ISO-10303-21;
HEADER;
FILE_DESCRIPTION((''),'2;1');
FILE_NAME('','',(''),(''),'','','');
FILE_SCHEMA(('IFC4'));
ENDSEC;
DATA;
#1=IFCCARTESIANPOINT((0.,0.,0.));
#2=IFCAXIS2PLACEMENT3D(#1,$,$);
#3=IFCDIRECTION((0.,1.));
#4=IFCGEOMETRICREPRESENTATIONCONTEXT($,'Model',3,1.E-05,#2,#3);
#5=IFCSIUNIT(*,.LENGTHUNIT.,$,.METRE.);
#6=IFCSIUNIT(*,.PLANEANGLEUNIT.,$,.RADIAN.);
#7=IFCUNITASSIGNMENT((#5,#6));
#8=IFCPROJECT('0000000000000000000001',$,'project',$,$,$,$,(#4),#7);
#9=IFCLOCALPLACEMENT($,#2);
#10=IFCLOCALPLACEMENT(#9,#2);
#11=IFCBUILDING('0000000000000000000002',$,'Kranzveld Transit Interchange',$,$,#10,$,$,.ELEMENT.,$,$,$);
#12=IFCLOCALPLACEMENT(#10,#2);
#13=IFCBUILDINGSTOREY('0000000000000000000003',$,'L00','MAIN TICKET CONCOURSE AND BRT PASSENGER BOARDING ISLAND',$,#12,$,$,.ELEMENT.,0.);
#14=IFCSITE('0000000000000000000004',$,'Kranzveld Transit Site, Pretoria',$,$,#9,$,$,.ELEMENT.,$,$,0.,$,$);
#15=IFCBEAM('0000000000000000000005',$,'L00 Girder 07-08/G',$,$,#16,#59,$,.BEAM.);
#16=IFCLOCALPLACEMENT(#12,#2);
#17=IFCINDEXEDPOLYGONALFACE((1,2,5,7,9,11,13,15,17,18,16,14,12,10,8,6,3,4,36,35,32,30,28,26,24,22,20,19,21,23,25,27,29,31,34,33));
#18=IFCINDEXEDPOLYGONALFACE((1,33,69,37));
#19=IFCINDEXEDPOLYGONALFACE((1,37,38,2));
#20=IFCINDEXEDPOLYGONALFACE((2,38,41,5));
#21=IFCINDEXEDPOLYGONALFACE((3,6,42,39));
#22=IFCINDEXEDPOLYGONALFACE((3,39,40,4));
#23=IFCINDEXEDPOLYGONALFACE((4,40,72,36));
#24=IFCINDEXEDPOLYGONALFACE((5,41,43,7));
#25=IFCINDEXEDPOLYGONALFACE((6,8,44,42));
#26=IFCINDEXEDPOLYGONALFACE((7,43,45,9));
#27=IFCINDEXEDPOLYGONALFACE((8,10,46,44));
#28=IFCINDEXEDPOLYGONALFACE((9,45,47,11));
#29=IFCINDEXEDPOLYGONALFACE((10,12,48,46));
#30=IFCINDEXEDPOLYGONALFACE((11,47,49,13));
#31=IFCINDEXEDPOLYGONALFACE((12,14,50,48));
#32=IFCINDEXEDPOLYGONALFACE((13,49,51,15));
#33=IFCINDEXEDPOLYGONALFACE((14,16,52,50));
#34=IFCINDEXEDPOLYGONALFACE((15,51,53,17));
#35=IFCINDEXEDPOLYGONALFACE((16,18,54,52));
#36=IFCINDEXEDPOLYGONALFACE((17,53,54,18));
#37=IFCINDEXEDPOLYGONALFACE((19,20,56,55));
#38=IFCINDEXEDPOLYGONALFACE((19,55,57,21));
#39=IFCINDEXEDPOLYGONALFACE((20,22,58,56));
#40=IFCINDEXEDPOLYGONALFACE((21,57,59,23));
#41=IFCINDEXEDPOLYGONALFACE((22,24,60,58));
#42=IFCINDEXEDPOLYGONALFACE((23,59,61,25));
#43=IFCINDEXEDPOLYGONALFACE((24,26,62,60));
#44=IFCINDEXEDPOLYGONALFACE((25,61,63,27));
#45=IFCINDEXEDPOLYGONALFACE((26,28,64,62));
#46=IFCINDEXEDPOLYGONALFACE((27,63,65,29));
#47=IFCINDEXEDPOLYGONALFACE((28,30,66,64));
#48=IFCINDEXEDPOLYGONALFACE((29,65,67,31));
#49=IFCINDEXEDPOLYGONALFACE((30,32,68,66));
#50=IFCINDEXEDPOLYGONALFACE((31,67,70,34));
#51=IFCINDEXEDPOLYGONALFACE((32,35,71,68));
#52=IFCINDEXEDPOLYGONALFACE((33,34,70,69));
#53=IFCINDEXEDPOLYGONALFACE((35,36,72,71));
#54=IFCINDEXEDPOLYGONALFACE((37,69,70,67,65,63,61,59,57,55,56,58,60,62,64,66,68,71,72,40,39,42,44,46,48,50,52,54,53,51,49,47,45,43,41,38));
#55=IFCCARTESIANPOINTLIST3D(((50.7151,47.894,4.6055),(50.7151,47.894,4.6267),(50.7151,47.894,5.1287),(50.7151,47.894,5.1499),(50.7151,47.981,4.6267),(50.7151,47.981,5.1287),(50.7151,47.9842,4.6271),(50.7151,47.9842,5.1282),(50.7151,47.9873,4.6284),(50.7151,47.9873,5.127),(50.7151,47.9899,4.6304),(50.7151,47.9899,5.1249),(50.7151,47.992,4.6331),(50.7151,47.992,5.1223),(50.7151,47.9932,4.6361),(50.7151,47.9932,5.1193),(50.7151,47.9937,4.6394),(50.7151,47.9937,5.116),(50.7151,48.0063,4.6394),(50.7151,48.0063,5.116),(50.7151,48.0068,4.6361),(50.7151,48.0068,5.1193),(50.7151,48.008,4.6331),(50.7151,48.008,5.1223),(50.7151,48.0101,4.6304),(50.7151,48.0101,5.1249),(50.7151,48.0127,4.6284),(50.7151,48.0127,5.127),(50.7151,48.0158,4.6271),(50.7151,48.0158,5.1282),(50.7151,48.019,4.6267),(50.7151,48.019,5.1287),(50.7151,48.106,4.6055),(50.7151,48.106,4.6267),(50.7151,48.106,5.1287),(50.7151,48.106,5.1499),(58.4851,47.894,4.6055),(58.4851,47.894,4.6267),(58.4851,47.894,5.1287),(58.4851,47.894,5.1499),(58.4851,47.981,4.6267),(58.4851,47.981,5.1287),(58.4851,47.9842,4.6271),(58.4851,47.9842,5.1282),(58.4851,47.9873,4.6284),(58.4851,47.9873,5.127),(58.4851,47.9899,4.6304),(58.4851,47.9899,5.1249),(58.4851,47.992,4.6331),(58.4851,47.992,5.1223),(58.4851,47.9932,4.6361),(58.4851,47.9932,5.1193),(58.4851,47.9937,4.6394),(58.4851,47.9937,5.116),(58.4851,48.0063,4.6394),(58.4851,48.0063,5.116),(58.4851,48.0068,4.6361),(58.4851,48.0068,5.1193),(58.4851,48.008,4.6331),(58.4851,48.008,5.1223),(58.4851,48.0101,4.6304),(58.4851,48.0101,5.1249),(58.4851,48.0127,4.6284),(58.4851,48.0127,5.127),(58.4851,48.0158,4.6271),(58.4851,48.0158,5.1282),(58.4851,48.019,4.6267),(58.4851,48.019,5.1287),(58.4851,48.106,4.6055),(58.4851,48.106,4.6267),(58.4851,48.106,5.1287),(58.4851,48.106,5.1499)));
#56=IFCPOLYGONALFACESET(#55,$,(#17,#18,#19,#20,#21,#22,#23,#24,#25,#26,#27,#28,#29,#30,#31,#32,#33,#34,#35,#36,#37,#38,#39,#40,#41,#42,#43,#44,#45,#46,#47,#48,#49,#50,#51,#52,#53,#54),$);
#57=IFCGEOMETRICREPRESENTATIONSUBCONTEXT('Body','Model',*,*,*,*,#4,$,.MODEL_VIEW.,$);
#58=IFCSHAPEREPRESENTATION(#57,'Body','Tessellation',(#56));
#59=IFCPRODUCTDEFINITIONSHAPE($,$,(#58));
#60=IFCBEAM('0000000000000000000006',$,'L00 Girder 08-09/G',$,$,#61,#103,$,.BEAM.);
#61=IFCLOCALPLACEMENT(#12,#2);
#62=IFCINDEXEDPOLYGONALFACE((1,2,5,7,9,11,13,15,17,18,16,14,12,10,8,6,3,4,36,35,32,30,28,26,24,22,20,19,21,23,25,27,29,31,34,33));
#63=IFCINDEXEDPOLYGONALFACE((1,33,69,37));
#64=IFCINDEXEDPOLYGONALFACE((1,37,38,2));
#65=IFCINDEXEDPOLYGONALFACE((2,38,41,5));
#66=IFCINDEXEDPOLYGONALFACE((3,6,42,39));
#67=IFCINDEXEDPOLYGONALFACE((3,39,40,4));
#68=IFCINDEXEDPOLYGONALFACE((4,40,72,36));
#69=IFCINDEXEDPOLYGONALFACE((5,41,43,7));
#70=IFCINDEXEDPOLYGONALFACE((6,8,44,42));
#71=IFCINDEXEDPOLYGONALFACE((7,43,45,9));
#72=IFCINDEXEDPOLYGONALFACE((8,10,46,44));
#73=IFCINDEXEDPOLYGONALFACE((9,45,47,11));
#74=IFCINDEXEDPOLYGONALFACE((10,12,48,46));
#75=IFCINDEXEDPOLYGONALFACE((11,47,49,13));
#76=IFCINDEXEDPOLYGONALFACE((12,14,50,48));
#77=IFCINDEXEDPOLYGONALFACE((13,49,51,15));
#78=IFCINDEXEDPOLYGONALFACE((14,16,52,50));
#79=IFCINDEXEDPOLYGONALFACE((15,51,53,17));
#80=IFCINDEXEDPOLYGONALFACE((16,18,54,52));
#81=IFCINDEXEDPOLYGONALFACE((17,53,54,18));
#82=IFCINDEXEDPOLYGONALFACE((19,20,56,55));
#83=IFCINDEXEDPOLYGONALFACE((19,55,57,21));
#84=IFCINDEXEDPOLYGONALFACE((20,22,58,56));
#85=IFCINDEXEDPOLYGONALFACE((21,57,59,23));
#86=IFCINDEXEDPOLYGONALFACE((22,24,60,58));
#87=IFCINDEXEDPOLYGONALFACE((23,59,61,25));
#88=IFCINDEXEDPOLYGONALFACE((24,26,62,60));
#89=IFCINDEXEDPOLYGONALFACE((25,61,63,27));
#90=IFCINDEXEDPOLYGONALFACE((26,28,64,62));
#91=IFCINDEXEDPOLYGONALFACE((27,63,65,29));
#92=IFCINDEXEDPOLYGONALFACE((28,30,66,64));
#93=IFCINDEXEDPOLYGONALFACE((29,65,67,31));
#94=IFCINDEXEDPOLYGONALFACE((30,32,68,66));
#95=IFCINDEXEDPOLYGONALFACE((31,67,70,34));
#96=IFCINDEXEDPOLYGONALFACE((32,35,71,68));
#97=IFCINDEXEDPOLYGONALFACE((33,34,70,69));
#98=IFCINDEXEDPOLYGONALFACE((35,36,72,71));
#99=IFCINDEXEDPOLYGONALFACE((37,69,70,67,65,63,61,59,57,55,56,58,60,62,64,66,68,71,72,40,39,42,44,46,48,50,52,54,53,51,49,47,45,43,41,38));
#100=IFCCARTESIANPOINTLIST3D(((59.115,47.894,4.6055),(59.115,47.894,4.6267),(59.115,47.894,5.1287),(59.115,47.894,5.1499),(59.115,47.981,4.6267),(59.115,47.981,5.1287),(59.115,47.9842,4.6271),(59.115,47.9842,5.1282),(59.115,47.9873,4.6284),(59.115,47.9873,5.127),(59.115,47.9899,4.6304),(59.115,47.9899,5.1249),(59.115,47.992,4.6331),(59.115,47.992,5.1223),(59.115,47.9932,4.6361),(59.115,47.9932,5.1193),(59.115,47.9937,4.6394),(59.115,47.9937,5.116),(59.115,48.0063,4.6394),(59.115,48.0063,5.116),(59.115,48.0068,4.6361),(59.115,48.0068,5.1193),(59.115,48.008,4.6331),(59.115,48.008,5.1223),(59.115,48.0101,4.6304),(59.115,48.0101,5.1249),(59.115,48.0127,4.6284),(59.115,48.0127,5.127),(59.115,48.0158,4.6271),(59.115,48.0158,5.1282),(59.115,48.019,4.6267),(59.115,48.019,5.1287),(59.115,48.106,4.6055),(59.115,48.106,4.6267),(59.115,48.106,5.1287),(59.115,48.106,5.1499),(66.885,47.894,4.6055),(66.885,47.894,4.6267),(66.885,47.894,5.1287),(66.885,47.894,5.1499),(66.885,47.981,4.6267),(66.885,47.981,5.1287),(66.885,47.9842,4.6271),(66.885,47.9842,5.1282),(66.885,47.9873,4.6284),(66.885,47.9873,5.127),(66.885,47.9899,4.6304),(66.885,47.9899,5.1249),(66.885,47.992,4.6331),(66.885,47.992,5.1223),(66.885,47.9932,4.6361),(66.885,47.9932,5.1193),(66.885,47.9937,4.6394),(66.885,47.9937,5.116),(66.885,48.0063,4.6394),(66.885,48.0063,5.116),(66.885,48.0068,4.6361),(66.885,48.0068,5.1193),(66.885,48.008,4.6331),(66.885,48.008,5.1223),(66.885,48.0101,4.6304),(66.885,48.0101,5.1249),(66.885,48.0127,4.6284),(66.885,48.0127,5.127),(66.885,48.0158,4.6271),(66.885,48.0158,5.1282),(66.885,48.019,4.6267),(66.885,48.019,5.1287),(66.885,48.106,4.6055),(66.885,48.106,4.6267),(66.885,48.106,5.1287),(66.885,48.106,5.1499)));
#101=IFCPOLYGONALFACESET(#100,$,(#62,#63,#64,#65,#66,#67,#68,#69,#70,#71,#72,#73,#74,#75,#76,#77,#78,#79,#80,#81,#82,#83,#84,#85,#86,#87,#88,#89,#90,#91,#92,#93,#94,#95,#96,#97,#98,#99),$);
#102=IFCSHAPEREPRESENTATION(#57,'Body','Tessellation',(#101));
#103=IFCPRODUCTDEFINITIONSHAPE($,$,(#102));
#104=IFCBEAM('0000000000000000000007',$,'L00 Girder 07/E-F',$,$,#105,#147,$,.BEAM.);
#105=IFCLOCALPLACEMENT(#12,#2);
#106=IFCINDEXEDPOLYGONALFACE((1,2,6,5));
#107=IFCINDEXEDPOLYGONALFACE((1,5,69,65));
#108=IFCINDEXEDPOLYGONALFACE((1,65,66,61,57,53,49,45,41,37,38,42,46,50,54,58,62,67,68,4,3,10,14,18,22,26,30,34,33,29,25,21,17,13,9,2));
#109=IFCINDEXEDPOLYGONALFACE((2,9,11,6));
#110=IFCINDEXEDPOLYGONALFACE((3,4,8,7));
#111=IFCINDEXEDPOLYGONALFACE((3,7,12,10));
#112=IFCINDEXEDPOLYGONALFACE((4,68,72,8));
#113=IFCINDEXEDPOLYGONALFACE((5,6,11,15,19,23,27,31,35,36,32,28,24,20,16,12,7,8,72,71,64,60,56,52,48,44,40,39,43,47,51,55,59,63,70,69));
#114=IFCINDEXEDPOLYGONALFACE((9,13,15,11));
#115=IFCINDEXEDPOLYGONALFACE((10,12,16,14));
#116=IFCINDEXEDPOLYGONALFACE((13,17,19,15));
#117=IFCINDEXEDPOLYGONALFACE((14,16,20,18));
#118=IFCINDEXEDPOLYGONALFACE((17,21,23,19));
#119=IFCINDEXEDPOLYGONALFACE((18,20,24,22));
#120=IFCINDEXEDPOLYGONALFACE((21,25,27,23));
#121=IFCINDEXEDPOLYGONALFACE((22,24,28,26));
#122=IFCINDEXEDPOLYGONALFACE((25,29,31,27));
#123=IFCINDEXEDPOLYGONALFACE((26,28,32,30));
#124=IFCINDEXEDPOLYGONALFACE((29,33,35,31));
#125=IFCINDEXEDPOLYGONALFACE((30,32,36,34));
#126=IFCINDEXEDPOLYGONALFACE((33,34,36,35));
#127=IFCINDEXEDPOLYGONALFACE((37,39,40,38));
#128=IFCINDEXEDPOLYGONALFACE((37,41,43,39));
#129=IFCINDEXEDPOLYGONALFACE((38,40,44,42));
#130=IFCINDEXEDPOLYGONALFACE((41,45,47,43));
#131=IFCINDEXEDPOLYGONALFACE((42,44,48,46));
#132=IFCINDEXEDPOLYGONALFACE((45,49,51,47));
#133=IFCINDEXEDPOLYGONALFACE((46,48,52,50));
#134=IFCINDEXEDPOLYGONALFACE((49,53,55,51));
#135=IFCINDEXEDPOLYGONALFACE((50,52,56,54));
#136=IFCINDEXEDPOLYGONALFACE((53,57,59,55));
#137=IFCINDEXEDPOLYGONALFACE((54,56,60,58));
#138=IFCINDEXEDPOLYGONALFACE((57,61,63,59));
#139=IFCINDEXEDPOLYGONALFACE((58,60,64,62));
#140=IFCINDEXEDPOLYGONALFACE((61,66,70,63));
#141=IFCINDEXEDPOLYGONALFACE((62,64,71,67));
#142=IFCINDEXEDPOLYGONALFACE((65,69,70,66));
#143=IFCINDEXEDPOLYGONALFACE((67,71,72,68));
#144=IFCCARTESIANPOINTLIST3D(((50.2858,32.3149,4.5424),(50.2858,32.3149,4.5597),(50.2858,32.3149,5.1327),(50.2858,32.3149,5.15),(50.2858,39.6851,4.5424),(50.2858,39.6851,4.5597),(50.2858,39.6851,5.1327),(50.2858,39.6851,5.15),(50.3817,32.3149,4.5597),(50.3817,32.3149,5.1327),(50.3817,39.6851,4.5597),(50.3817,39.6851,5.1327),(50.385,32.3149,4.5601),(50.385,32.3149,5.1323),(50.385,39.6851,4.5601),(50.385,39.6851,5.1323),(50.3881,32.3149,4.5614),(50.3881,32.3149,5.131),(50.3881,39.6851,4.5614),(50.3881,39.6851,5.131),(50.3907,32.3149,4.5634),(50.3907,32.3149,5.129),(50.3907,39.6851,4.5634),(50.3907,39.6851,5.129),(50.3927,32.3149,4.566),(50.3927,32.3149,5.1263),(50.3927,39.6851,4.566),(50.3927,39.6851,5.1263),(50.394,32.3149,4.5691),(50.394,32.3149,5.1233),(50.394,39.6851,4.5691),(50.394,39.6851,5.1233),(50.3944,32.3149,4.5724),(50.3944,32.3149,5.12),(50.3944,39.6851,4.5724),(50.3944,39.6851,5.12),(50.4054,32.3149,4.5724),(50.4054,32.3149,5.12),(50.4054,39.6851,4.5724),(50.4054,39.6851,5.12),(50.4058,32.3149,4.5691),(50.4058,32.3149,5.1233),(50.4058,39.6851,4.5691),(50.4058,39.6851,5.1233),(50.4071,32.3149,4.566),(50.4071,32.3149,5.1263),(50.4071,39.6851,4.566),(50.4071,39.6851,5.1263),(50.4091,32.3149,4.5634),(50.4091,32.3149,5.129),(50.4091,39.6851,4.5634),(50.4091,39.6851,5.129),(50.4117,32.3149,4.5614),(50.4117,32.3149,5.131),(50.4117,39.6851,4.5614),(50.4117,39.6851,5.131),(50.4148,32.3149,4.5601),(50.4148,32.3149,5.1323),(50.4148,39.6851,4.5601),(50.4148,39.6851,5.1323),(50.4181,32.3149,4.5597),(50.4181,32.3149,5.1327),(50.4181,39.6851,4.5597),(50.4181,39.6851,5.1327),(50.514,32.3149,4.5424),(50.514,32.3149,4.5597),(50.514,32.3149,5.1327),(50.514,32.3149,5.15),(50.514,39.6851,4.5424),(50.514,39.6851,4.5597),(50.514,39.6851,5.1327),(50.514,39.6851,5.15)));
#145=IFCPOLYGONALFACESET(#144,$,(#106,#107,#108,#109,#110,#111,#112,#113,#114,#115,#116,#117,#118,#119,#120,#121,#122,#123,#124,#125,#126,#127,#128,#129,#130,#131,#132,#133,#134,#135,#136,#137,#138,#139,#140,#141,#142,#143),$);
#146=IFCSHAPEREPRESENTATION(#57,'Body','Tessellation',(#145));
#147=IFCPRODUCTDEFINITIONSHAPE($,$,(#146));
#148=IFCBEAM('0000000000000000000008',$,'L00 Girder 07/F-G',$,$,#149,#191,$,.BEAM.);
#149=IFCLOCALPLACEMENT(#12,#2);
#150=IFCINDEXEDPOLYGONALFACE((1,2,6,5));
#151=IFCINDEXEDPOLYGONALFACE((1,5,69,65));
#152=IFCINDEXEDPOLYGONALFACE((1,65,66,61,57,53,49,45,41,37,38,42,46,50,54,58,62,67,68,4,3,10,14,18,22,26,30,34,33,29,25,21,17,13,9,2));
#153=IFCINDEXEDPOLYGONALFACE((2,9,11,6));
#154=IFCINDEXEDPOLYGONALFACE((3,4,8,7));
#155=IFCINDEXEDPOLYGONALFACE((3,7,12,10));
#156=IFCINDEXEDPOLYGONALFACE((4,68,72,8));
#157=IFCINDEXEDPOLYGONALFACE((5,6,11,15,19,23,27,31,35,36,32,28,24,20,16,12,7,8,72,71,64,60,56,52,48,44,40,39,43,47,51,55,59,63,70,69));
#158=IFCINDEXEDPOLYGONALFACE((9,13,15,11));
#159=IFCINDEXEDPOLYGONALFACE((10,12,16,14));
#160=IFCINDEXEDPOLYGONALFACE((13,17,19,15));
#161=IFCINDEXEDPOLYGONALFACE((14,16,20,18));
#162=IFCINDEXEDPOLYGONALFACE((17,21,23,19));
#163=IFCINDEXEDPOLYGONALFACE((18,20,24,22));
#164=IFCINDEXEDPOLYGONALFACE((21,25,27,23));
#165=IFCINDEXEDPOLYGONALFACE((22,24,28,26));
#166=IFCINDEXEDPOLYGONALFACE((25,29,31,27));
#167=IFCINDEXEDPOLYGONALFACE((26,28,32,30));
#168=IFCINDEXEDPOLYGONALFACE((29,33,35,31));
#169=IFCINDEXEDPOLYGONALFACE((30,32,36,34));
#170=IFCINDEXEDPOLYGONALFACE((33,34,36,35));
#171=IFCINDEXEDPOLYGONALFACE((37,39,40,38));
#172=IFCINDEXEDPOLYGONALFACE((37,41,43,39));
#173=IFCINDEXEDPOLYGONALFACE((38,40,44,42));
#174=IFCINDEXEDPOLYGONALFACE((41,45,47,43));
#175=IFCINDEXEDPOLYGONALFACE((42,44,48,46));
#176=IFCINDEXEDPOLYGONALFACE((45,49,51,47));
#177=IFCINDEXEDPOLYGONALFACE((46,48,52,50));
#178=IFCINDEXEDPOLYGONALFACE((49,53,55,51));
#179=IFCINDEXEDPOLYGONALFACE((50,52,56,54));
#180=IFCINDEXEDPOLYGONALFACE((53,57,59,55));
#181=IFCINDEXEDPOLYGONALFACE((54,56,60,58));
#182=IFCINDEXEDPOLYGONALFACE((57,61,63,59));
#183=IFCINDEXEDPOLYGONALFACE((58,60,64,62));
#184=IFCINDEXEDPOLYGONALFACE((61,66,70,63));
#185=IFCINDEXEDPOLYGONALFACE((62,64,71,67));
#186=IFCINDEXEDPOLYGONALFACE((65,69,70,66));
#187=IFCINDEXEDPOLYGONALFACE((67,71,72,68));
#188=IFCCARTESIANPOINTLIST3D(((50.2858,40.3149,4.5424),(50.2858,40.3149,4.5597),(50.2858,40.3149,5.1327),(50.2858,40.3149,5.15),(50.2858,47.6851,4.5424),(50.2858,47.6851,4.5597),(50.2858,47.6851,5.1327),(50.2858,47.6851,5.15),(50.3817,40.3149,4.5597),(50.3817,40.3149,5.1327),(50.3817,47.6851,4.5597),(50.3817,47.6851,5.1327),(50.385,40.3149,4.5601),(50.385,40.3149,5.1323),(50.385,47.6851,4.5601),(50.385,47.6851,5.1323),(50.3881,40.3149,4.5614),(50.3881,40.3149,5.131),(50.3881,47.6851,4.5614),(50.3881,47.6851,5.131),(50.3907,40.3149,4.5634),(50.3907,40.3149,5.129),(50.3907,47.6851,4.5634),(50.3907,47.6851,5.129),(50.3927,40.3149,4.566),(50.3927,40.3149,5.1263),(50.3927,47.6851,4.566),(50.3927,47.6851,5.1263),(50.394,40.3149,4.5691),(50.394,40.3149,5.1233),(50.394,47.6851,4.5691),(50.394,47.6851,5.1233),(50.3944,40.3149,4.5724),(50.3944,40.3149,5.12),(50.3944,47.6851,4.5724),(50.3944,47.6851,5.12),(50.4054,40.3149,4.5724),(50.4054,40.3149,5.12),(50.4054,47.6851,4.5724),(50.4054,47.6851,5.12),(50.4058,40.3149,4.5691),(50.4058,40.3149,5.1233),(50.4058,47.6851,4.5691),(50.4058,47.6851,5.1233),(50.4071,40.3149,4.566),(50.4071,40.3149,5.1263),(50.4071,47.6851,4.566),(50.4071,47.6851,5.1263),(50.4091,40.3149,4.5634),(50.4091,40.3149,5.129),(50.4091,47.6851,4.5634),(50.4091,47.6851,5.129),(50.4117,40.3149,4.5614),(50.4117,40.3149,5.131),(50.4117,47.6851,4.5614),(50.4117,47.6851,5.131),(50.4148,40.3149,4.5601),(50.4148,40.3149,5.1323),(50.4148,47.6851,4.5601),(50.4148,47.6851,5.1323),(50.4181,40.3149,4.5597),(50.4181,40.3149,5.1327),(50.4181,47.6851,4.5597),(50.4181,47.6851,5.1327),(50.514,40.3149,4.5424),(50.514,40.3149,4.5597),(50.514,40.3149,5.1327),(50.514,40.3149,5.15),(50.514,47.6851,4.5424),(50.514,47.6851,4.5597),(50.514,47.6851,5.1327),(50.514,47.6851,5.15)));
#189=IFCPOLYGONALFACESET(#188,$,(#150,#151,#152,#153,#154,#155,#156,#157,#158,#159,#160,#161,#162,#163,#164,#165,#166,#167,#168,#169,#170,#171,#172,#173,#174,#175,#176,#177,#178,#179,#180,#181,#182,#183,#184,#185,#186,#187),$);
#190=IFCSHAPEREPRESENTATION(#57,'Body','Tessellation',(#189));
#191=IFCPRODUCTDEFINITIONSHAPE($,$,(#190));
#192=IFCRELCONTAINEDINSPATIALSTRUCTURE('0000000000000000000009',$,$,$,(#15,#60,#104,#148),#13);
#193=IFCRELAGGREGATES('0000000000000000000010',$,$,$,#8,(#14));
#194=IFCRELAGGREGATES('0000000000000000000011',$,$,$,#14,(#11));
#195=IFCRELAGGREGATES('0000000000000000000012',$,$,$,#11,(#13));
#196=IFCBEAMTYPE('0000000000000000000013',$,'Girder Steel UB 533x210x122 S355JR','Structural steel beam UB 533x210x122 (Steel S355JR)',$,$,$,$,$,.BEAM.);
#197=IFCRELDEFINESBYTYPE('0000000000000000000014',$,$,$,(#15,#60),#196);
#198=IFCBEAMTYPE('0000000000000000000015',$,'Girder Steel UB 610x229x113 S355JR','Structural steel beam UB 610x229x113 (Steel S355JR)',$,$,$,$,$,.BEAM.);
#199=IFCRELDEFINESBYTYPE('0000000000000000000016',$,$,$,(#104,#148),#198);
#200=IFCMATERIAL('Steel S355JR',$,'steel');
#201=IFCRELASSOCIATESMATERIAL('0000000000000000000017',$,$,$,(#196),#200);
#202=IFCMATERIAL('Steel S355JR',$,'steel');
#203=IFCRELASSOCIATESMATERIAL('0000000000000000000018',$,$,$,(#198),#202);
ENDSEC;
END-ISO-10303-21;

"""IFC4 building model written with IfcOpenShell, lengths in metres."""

from ifc_helpers import new_model, si_unit, direction, frame, origin, origin_2d, place, context, subcontext, project, spatial, i_section, extrude, material, material_profile, profile_set, type_object, element, save


model = new_model("IFC4")

# Units and contexts
model_context = context("Model", 3, precision=1e-05, world=origin(), true_north=direction((0.0, 1.0)))
body_context = subcontext(model_context, "Body", "Model", "MODEL_VIEW")
ifc_project = project(units=[si_unit("LENGTHUNIT", "METRE"), si_unit("PLANEANGLEUNIT", "RADIAN")], contexts=[model_context])

# Site, building, storey
site_placement = place(None, origin())
site = spatial("IfcSite", under=ifc_project, at=site_placement, Name="Kranzveld Transit Site, Pretoria", CompositionType="ELEMENT", RefElevation=0.0)
building_placement = place(site_placement, origin())
building = spatial("IfcBuilding", under=site, at=building_placement, Name="Kranzveld Transit Interchange", CompositionType="ELEMENT")
storey_placement = place(building_placement, origin())
storey = spatial("IfcBuildingStorey", under=building, at=storey_placement, Name="L00", Description="MAIN TICKET CONCOURSE AND BRT PASSENGER BOARDING ISLAND", CompositionType="ELEMENT", Elevation=0.0)

# Beams
ifc_material_1 = material(Name="Steel S355JR", Category="steel")
ifc_material_profile_1 = material_profile(ifc_material_1, i_section(OverallWidth=0.2119, OverallDepth=0.5444, WebThickness=0.0127, FlangeThickness=0.0212, FilletRadius=0.0127, at=origin_2d()), Name="UB 533x210x122")
ifc_profile_set_1 = profile_set([ifc_material_profile_1], Name="Steel S355JR")
beam_type_1 = type_object("IfcBeamType", Name="Girder Steel UB 533x210x122 S355JR", Description="Structural steel beam UB 533x210x122 (Steel S355JR)", PredefinedType="BEAM", material=ifc_profile_set_1)
for number, where, z_axis, x_axis, name in (
    (1, (50.7151, 48.0, 4.8777), (1.0, 0.0, 0.0), (0.0, 1.0, 0.0), "L00 Girder 07-08/G"),
    (2, (59.115, 48.0, 4.8777), (1.0, 0.0, 0.0), (0.0, 1.0, 0.0), "L00 Girder 08-09/G"),
):
    element("IfcBeam", number, at=place(storey_placement, frame(where, z_axis=z_axis, x_axis=x_axis)), inside=storey, type_object=beam_type_1, Name=name, PredefinedType="BEAM", context=body_context, shape_type="SweptSolid", body=[
        extrude(i_section(OverallWidth=0.2119, OverallDepth=0.5444, WebThickness=0.0127, FlangeThickness=0.0212, FilletRadius=0.0127, at=origin_2d()), origin(), (0.0, 0.0, 1.0), 7.77),
    ])
ifc_material_2 = material(Name="Steel S355JR", Category="steel")
ifc_material_profile_2 = material_profile(ifc_material_2, i_section(OverallWidth=0.2283, OverallDepth=0.6077, WebThickness=0.011, FlangeThickness=0.0173, FilletRadius=0.0127, at=origin_2d()), Name="UB 610x229x113")
ifc_profile_set_2 = profile_set([ifc_material_profile_2], Name="Steel S355JR")
beam_type_2 = type_object("IfcBeamType", Name="Girder Steel UB 610x229x113 S355JR", Description="Structural steel beam UB 610x229x113 (Steel S355JR)", PredefinedType="BEAM", material=ifc_profile_set_2)
for number, where, z_axis, x_axis, name in (
    (3, (50.3999, 32.3149, 4.8462), (0.0, 1.0, 0.0), (-1.0, 0.0, 0.0), "L00 Girder 07/E-F"),
    (4, (50.3999, 40.3149, 4.8462), (0.0, 1.0, 0.0), (-1.0, 0.0, 0.0), "L00 Girder 07/F-G"),
):
    element("IfcBeam", number, at=place(storey_placement, frame(where, z_axis=z_axis, x_axis=x_axis)), inside=storey, type_object=beam_type_2, Name=name, PredefinedType="BEAM", context=body_context, shape_type="SweptSolid", body=[
        extrude(i_section(OverallWidth=0.2283, OverallDepth=0.6077, WebThickness=0.011, FlangeThickness=0.0173, FilletRadius=0.0127, at=origin_2d()), origin(), (0.0, 0.0, 1.0), 7.3701),
    ])

save(model, "model.ifc")
